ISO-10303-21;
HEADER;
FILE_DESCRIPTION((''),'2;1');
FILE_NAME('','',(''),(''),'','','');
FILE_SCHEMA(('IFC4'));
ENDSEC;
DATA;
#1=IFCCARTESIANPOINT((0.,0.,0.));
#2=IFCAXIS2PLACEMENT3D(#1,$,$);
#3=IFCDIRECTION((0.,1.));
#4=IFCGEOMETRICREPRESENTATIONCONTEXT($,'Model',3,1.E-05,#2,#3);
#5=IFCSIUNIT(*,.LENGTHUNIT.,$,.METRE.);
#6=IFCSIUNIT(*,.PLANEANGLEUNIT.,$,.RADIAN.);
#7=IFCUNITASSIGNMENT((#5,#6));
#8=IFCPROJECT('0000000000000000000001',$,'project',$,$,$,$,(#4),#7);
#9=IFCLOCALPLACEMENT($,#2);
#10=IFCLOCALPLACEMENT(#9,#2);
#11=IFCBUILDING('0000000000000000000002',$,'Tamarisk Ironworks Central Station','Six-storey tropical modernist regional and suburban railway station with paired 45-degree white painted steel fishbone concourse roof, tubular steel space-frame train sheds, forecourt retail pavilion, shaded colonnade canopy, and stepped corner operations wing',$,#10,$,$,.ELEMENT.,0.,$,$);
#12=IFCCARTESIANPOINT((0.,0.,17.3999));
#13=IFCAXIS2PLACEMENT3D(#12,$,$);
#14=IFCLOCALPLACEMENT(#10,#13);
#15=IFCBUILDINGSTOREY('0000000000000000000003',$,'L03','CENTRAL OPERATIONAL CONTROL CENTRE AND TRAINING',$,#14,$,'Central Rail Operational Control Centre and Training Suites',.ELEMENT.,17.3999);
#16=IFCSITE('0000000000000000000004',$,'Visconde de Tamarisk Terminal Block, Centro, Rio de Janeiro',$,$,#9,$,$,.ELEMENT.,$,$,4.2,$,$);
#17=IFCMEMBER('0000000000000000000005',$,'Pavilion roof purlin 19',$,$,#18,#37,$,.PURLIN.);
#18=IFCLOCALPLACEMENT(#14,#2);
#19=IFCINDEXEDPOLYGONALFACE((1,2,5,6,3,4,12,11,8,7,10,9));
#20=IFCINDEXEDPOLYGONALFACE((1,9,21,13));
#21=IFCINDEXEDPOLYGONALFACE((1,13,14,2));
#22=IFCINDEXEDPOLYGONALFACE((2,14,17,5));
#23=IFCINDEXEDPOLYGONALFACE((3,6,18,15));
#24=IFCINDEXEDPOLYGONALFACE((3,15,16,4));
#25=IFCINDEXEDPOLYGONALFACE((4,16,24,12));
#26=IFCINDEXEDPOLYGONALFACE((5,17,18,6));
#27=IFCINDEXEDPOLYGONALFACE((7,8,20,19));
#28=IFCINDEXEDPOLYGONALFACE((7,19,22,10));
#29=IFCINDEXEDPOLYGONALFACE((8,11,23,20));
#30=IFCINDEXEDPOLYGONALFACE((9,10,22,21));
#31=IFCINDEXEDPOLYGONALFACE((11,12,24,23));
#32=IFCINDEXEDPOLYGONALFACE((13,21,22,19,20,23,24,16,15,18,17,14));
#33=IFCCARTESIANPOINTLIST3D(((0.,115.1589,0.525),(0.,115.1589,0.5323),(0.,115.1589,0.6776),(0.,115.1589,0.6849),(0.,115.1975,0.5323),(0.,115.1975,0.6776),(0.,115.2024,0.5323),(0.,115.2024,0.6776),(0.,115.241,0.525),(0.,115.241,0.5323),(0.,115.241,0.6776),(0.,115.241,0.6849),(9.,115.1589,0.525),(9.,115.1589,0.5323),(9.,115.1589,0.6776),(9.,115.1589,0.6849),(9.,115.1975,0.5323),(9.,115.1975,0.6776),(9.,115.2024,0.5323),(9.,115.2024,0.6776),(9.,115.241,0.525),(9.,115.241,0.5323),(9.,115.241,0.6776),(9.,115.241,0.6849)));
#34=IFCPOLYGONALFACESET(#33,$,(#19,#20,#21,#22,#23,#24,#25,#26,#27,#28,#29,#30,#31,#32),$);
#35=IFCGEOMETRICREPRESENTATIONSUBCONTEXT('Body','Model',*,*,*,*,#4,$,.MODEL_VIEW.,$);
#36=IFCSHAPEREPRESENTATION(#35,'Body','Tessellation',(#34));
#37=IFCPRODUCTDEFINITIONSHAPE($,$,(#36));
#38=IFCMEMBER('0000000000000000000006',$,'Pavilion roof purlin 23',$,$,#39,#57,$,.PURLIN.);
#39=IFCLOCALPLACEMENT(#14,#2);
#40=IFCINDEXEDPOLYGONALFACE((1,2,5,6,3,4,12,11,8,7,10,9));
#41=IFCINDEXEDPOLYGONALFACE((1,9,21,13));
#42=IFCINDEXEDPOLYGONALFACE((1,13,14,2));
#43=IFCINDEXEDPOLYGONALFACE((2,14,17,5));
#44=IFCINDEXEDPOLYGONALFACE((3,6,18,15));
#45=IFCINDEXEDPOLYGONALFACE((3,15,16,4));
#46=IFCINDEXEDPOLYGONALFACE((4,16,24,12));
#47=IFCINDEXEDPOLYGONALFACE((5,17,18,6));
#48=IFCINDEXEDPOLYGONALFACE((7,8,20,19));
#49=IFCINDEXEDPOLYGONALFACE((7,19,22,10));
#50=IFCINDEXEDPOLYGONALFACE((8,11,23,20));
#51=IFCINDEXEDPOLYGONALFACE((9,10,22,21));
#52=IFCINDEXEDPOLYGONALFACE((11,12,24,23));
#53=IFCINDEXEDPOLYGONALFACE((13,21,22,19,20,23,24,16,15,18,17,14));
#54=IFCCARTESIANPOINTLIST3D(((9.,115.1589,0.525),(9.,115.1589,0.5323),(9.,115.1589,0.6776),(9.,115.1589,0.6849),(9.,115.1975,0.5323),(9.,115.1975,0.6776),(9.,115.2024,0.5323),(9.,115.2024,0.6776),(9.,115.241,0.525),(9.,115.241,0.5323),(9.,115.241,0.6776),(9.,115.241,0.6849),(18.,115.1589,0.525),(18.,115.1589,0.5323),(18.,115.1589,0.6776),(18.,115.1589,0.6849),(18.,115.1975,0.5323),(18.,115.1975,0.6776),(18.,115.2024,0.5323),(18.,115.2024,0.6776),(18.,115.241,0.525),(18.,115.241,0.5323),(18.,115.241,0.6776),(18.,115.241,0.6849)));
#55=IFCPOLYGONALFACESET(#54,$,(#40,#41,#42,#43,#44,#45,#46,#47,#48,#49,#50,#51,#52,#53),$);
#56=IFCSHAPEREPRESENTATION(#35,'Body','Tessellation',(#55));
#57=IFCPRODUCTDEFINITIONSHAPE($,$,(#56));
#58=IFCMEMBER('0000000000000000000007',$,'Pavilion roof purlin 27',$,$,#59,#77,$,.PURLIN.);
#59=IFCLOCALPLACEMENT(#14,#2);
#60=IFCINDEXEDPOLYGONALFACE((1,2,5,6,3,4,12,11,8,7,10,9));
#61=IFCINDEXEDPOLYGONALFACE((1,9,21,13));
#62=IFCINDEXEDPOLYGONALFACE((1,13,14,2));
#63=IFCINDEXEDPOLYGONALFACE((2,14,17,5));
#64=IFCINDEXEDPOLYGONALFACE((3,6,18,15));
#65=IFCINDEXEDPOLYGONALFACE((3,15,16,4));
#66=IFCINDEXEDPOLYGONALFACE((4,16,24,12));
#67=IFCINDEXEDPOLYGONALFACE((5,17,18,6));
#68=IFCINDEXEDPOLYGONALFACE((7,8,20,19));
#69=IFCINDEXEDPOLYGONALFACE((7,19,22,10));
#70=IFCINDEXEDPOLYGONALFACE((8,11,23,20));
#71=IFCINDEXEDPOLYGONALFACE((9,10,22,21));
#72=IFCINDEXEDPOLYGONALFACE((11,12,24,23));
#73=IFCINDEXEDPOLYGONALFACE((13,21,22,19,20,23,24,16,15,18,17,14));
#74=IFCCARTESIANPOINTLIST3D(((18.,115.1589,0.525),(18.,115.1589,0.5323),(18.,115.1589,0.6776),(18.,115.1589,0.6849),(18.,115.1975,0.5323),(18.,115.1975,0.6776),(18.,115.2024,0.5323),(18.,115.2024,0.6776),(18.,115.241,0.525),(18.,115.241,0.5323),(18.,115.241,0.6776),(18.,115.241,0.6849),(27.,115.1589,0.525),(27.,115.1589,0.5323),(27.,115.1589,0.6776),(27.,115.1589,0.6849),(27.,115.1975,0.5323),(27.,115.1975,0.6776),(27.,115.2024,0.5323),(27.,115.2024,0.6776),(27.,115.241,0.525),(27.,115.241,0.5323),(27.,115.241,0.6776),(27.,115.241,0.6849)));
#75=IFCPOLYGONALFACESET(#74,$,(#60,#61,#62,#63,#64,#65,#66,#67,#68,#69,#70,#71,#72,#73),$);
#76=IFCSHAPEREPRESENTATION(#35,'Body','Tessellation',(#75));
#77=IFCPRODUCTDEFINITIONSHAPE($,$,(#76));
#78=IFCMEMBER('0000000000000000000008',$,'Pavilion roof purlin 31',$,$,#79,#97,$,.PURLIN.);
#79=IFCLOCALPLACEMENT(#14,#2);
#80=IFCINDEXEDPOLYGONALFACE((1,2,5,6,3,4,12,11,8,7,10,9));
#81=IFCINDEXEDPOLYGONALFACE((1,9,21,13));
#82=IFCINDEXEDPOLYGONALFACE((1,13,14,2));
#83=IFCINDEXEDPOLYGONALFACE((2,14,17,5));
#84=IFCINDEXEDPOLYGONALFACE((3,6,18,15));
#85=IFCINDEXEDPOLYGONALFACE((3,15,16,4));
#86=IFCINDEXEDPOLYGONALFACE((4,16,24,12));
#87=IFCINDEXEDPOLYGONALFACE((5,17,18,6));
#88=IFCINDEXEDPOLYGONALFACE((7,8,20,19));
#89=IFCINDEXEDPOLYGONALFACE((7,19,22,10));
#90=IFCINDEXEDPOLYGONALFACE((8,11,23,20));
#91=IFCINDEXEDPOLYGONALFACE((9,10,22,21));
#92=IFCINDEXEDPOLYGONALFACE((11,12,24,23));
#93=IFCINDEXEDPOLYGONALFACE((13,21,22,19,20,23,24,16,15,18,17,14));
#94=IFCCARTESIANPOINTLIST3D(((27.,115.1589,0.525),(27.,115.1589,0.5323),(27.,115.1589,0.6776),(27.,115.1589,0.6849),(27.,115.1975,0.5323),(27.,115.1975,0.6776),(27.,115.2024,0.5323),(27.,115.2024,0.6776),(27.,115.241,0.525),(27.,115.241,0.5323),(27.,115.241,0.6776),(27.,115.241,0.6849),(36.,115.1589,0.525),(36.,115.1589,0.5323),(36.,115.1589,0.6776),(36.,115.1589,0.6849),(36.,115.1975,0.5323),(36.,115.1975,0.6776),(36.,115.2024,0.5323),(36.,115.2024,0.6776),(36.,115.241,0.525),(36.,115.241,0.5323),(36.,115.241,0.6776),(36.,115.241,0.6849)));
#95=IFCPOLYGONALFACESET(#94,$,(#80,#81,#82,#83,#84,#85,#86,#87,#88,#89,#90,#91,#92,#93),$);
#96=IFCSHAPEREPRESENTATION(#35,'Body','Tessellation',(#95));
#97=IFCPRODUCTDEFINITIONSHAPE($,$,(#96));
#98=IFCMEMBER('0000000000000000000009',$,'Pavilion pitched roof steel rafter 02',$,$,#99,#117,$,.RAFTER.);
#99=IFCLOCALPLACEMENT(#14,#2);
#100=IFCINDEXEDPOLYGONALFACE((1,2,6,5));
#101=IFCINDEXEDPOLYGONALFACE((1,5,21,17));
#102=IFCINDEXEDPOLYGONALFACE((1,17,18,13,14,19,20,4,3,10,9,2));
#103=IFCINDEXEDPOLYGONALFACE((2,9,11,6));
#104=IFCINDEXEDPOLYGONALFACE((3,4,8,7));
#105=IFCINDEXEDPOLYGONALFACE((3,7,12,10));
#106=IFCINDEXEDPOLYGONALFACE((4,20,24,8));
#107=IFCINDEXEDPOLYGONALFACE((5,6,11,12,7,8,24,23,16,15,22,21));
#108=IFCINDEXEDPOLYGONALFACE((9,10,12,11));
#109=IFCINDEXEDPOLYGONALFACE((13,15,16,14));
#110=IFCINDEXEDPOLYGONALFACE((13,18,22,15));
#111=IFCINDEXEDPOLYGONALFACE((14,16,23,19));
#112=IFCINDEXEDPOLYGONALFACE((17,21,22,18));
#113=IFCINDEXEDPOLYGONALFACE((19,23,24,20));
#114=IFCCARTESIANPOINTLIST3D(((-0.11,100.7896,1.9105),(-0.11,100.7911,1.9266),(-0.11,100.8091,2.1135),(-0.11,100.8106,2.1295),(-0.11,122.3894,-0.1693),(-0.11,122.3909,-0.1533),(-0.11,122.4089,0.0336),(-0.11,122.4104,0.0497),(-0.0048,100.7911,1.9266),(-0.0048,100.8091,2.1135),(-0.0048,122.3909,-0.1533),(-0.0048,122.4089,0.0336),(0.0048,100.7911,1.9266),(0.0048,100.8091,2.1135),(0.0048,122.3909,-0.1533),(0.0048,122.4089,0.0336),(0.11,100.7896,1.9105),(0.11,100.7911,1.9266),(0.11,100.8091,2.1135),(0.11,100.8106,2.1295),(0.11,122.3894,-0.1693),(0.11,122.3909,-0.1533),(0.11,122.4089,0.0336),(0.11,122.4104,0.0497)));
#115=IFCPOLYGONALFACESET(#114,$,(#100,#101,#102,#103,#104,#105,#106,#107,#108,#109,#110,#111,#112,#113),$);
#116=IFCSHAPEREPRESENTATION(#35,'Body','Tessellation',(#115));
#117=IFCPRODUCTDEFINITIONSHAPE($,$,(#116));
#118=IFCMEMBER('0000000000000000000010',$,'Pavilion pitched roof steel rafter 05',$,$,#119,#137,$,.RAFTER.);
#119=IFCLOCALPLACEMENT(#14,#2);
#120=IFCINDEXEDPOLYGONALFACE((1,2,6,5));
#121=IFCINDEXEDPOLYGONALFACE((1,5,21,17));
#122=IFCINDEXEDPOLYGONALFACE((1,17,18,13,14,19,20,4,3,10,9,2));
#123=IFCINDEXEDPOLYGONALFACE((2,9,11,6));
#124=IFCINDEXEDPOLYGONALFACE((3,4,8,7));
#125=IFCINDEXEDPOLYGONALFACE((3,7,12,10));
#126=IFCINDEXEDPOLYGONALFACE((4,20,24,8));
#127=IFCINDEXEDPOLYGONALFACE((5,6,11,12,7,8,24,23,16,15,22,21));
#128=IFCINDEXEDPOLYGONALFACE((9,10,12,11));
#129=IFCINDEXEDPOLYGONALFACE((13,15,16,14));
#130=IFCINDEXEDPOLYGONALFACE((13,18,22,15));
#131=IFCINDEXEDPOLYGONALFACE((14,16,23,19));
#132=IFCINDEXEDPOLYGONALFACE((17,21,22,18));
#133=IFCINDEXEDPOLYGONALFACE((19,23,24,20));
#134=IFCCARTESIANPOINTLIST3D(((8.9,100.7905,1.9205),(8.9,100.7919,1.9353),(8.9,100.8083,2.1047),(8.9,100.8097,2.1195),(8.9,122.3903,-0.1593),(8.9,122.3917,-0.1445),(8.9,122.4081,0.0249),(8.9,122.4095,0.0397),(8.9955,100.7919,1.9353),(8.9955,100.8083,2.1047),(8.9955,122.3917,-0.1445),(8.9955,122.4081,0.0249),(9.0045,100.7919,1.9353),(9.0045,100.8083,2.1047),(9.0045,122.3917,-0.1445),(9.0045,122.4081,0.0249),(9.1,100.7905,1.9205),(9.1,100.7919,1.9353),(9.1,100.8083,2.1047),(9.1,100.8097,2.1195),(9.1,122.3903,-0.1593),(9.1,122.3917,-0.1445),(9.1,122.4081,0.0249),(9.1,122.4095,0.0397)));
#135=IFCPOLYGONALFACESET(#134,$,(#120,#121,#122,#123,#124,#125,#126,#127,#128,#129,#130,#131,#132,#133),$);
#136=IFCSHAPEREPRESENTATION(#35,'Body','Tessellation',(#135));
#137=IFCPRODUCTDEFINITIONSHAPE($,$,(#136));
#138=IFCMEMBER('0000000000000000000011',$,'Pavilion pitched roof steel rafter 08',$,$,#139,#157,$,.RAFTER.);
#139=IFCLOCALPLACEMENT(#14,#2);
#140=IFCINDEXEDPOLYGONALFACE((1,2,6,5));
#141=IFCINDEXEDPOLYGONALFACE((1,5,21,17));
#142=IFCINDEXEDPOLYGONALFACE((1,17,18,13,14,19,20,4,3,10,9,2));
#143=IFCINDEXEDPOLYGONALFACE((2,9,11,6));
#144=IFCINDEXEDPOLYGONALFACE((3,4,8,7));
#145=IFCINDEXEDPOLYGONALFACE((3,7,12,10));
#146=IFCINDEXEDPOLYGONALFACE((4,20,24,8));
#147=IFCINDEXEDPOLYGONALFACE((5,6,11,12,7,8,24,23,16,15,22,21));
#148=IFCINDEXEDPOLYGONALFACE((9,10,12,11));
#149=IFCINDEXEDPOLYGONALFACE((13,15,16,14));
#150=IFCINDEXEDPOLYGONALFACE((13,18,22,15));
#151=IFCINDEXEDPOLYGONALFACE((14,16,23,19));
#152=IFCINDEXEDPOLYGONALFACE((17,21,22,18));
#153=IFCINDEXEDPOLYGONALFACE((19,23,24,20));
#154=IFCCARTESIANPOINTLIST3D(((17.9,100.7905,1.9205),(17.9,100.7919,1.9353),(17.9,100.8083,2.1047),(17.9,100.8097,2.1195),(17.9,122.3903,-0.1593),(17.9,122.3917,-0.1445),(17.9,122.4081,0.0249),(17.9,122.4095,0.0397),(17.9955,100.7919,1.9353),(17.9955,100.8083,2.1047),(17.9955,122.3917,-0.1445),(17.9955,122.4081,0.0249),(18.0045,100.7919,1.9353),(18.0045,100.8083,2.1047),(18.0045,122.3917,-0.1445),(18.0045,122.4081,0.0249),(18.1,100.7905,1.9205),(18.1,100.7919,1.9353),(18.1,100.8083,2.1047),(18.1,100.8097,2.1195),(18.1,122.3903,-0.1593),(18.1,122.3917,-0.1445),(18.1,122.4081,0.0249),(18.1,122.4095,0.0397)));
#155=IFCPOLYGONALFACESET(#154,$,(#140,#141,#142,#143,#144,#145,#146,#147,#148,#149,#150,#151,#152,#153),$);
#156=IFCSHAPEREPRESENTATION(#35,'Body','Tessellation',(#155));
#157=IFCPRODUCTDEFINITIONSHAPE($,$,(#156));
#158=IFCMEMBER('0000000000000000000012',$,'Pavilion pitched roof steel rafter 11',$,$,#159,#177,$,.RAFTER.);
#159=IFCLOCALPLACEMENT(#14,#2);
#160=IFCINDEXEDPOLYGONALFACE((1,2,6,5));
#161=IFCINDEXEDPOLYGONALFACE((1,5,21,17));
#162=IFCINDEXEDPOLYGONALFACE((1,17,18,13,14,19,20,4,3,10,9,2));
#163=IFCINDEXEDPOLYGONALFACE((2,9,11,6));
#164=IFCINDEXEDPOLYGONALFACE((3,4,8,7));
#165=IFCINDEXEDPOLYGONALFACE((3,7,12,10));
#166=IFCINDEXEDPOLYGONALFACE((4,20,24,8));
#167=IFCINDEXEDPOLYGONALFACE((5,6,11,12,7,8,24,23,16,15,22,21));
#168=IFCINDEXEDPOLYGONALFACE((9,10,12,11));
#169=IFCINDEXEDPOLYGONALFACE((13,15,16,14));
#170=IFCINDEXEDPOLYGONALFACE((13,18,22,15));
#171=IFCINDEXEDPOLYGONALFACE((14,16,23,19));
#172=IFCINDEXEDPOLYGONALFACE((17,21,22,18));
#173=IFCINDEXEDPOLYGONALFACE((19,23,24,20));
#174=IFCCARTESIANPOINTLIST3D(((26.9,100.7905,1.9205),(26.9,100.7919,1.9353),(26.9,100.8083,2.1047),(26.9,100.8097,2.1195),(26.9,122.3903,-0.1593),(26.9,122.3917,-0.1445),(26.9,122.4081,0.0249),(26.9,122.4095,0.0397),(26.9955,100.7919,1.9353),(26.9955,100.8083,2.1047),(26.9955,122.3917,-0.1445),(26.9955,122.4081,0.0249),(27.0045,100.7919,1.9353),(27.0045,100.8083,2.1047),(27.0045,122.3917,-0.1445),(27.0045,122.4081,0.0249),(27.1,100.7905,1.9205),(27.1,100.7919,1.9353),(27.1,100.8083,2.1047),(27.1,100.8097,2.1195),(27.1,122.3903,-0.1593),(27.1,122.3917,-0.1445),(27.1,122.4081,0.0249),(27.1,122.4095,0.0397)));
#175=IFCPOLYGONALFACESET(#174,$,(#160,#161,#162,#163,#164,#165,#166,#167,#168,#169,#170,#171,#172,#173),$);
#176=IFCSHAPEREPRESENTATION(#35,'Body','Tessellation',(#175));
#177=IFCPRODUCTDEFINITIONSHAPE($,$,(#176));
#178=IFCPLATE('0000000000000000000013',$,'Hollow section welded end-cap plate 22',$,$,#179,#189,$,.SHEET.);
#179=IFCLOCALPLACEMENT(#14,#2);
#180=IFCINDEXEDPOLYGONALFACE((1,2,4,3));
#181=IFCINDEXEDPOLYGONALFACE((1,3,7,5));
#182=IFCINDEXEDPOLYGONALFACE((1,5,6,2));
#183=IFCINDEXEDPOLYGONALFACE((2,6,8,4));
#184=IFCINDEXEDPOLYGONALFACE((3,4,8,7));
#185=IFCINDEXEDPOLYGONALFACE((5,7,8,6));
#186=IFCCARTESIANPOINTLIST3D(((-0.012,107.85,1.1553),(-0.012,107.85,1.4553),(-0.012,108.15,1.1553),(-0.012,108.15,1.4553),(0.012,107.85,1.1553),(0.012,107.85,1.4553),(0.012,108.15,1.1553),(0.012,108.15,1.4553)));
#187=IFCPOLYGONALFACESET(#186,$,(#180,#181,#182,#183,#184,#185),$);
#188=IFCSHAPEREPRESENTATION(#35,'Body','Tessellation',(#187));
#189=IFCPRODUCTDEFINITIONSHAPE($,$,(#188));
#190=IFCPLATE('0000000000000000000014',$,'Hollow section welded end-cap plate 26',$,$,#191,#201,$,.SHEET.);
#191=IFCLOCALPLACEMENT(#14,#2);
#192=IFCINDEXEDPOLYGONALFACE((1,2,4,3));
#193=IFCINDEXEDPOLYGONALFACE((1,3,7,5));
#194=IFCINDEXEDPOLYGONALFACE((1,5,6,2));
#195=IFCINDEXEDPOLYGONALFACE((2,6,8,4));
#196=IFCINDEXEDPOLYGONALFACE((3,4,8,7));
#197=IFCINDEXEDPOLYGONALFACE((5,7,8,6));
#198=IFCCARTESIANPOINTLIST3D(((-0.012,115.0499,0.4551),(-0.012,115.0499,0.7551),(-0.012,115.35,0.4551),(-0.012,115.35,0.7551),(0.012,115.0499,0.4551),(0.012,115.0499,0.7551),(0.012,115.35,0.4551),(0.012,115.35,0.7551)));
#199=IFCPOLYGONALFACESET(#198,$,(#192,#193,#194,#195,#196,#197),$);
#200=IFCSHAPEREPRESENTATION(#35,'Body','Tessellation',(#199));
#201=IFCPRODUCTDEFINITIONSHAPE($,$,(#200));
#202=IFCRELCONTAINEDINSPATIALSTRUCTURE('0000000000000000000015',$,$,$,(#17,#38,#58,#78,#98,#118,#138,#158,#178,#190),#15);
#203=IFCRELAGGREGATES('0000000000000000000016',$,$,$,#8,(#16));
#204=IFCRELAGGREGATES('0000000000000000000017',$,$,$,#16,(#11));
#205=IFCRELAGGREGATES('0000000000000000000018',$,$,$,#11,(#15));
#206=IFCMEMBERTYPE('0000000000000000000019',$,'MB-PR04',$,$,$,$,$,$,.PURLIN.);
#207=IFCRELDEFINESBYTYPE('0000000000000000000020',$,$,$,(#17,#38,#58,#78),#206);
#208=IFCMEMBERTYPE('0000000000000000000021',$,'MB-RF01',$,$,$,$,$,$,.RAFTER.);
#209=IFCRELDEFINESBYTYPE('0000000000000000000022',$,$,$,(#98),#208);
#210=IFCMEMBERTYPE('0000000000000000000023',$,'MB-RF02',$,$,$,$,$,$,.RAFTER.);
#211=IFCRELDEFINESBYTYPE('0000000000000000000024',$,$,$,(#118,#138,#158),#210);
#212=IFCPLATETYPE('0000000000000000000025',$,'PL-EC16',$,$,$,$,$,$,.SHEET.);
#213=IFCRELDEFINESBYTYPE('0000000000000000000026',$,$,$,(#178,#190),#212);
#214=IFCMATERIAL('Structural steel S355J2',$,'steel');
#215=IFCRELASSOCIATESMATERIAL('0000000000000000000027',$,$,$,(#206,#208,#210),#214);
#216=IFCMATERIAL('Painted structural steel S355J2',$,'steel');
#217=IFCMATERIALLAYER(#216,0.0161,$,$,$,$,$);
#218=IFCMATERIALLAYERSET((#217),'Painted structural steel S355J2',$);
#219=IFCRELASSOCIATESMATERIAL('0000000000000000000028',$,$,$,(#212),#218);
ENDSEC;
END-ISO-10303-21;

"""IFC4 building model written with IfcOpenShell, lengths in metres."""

from ifc_helpers import new_model, si_unit, direction, frame, origin, origin_2d, place, context, subcontext, project, spatial, rectangle, i_section, extrude, material, layer, layer_set, material_profile, profile_set, type_object, element, save


model = new_model("IFC4")

# Units and contexts
model_context = context("Model", 3, precision=1e-05, world=origin(), true_north=direction((0.0, 1.0)))
body_context = subcontext(model_context, "Body", "Model", "MODEL_VIEW")
ifc_project = project(units=[si_unit("LENGTHUNIT", "METRE"), si_unit("PLANEANGLEUNIT", "RADIAN")], contexts=[model_context])

# Site, building, storey
site_placement = place(None, origin())
site = spatial("IfcSite", under=ifc_project, at=site_placement, Name="Visconde de Tamarisk Terminal Block, Centro, Rio de Janeiro", CompositionType="ELEMENT", RefElevation=4.2)
building_placement = place(site_placement, origin())
building = spatial("IfcBuilding", under=site, at=building_placement, Name="Tamarisk Ironworks Central Station", Description="Six-storey tropical modernist regional and suburban railway station with paired 45-degree white painted steel fishbone concourse roof, tubular steel space-frame train sheds, forecourt retail pavilion, shaded colonnade canopy, and stepped corner operations wing", CompositionType="ELEMENT", ElevationOfRefHeight=0.0)
storey_placement = place(building_placement, frame((0.0, 0.0, 17.3999)))
storey = spatial("IfcBuildingStorey", under=building, at=storey_placement, Name="L03", Description="CENTRAL OPERATIONAL CONTROL CENTRE AND TRAINING", LongName="Central Rail Operational Control Centre and Training Suites", CompositionType="ELEMENT", Elevation=17.3999)

# Shared definitions
ifc_material_1 = material(Name="Structural steel S355J2", Category="steel")

# Members
ifc_material_profile_1 = material_profile(ifc_material_1, i_section(OverallWidth=0.082, OverallDepth=0.1599, WebThickness=0.0049, FlangeThickness=0.0073, at=origin_2d()), Name="IPE 160")
ifc_profile_set_1 = profile_set([ifc_material_profile_1], Name="Structural steel S355J2")
member_type_1 = type_object("IfcMemberType", Name="MB-PR04", PredefinedType="PURLIN", material=ifc_profile_set_1)
for number, where, z_axis, x_axis, name in (
    (1, (0.0, 115.2, 0.605), (1.0, 0.0, 0.0), (0.0, 1.0, 0.0), "Pavilion roof purlin 19"),
    (2, (9.0, 115.2, 0.605), (1.0, 0.0, 0.0), (0.0, 1.0, 0.0), "Pavilion roof purlin 23"),
    (3, (18.0, 115.2, 0.605), (1.0, 0.0, 0.0), (0.0, 1.0, 0.0), "Pavilion roof purlin 27"),
    (4, (27.0, 115.2, 0.605), (1.0, 0.0, 0.0), (0.0, 1.0, 0.0), "Pavilion roof purlin 31"),
):
    element("IfcMember", number, at=place(storey_placement, frame(where, z_axis=z_axis, x_axis=x_axis)), inside=storey, type_object=member_type_1, Name=name, PredefinedType="PURLIN", context=body_context, shape_type="SweptSolid", body=[
        extrude(i_section(OverallWidth=0.082, OverallDepth=0.1599, WebThickness=0.0049, FlangeThickness=0.0073, at=origin_2d()), origin(), (0.0, 0.0, 1.0), 9.0),
    ])
ifc_material_profile_2 = material_profile(ifc_material_1, i_section(OverallWidth=0.22, OverallDepth=0.22, WebThickness=0.0095, FlangeThickness=0.0161, at=origin_2d()), Name="HEB 220")
ifc_profile_set_2 = profile_set([ifc_material_profile_2], Name="Structural steel S355J2")
member_type_2 = type_object("IfcMemberType", Name="MB-RF01", PredefinedType="RAFTER", material=ifc_profile_set_2)
member_placement = place(storey_placement, frame((0.0, 122.3999, -0.0598), z_axis=(0.0, -0.995396, 0.095846), x_axis=(1.0, 0.0, 0.0)))
element("IfcMember", 5, at=member_placement, inside=storey, type_object=member_type_2, Name="Pavilion pitched roof steel rafter 02", PredefinedType="RAFTER", context=body_context, shape_type="SweptSolid", body=[
    extrude(i_section(OverallWidth=0.22, OverallDepth=0.22, WebThickness=0.0095, FlangeThickness=0.0161, at=origin_2d()), origin(), (0.0, 0.0, 1.0), 21.6997),
])
ifc_material_profile_3 = material_profile(ifc_material_1, i_section(OverallWidth=0.2, OverallDepth=0.2, WebThickness=0.009, FlangeThickness=0.0149, at=origin_2d()), Name="HEB 200")
ifc_profile_set_3 = profile_set([ifc_material_profile_3], Name="Structural steel S355J2")
member_type_3 = type_object("IfcMemberType", Name="MB-RF02", PredefinedType="RAFTER", material=ifc_profile_set_3)
for number, where, z_axis, x_axis, name in (
    (6, (9.0, 122.3999, -0.0598), (0.0, -0.995396, 0.095846), (1.0, 0.0, 0.0), "Pavilion pitched roof steel rafter 05"),
    (7, (18.0, 122.3999, -0.0598), (0.0, -0.995396, 0.095846), (1.0, 0.0, 0.0), "Pavilion pitched roof steel rafter 08"),
    (8, (27.0, 122.3999, -0.0598), (0.0, -0.995396, 0.095846), (1.0, 0.0, 0.0), "Pavilion pitched roof steel rafter 11"),
):
    element("IfcMember", number, at=place(storey_placement, frame(where, z_axis=z_axis, x_axis=x_axis)), inside=storey, type_object=member_type_3, Name=name, PredefinedType="RAFTER", context=body_context, shape_type="SweptSolid", body=[
        extrude(i_section(OverallWidth=0.2, OverallDepth=0.2, WebThickness=0.009, FlangeThickness=0.0149, at=origin_2d()), origin(), (0.0, 0.0, 1.0), 21.6997),
    ])

# Plates
ifc_material_2 = material(Name="Painted structural steel S355J2", Category="steel")
ifc_layer_1 = layer(ifc_material_2, 0.0161)
ifc_layer_set_1 = layer_set([ifc_layer_1], Name="Painted structural steel S355J2")
plate_type_1 = type_object("IfcPlateType", Name="PL-EC16", PredefinedType="SHEET", material=ifc_layer_set_1)
for number, where, z_axis, x_axis, name in (
    (9, (0.0, 108.0, 1.1553), (0.0, 0.0, 1.0), (1.0, 0.0, 0.0), "Hollow section welded end-cap plate 22"),
    (10, (0.0, 115.2, 0.4551), (0.0, 0.0, 1.0), (1.0, 0.0, 0.0), "Hollow section welded end-cap plate 26"),
):
    element("IfcPlate", number, at=place(storey_placement, frame(where, z_axis=z_axis, x_axis=x_axis)), inside=storey, type_object=plate_type_1, Name=name, PredefinedType="SHEET", context=body_context, shape_type="SweptSolid", body=[
        extrude(rectangle(XDim=0.0239, YDim=0.3, at=origin_2d()), origin(), (0.0, 0.0, 1.0), 0.3),
    ])

save(model, "model.ifc")
